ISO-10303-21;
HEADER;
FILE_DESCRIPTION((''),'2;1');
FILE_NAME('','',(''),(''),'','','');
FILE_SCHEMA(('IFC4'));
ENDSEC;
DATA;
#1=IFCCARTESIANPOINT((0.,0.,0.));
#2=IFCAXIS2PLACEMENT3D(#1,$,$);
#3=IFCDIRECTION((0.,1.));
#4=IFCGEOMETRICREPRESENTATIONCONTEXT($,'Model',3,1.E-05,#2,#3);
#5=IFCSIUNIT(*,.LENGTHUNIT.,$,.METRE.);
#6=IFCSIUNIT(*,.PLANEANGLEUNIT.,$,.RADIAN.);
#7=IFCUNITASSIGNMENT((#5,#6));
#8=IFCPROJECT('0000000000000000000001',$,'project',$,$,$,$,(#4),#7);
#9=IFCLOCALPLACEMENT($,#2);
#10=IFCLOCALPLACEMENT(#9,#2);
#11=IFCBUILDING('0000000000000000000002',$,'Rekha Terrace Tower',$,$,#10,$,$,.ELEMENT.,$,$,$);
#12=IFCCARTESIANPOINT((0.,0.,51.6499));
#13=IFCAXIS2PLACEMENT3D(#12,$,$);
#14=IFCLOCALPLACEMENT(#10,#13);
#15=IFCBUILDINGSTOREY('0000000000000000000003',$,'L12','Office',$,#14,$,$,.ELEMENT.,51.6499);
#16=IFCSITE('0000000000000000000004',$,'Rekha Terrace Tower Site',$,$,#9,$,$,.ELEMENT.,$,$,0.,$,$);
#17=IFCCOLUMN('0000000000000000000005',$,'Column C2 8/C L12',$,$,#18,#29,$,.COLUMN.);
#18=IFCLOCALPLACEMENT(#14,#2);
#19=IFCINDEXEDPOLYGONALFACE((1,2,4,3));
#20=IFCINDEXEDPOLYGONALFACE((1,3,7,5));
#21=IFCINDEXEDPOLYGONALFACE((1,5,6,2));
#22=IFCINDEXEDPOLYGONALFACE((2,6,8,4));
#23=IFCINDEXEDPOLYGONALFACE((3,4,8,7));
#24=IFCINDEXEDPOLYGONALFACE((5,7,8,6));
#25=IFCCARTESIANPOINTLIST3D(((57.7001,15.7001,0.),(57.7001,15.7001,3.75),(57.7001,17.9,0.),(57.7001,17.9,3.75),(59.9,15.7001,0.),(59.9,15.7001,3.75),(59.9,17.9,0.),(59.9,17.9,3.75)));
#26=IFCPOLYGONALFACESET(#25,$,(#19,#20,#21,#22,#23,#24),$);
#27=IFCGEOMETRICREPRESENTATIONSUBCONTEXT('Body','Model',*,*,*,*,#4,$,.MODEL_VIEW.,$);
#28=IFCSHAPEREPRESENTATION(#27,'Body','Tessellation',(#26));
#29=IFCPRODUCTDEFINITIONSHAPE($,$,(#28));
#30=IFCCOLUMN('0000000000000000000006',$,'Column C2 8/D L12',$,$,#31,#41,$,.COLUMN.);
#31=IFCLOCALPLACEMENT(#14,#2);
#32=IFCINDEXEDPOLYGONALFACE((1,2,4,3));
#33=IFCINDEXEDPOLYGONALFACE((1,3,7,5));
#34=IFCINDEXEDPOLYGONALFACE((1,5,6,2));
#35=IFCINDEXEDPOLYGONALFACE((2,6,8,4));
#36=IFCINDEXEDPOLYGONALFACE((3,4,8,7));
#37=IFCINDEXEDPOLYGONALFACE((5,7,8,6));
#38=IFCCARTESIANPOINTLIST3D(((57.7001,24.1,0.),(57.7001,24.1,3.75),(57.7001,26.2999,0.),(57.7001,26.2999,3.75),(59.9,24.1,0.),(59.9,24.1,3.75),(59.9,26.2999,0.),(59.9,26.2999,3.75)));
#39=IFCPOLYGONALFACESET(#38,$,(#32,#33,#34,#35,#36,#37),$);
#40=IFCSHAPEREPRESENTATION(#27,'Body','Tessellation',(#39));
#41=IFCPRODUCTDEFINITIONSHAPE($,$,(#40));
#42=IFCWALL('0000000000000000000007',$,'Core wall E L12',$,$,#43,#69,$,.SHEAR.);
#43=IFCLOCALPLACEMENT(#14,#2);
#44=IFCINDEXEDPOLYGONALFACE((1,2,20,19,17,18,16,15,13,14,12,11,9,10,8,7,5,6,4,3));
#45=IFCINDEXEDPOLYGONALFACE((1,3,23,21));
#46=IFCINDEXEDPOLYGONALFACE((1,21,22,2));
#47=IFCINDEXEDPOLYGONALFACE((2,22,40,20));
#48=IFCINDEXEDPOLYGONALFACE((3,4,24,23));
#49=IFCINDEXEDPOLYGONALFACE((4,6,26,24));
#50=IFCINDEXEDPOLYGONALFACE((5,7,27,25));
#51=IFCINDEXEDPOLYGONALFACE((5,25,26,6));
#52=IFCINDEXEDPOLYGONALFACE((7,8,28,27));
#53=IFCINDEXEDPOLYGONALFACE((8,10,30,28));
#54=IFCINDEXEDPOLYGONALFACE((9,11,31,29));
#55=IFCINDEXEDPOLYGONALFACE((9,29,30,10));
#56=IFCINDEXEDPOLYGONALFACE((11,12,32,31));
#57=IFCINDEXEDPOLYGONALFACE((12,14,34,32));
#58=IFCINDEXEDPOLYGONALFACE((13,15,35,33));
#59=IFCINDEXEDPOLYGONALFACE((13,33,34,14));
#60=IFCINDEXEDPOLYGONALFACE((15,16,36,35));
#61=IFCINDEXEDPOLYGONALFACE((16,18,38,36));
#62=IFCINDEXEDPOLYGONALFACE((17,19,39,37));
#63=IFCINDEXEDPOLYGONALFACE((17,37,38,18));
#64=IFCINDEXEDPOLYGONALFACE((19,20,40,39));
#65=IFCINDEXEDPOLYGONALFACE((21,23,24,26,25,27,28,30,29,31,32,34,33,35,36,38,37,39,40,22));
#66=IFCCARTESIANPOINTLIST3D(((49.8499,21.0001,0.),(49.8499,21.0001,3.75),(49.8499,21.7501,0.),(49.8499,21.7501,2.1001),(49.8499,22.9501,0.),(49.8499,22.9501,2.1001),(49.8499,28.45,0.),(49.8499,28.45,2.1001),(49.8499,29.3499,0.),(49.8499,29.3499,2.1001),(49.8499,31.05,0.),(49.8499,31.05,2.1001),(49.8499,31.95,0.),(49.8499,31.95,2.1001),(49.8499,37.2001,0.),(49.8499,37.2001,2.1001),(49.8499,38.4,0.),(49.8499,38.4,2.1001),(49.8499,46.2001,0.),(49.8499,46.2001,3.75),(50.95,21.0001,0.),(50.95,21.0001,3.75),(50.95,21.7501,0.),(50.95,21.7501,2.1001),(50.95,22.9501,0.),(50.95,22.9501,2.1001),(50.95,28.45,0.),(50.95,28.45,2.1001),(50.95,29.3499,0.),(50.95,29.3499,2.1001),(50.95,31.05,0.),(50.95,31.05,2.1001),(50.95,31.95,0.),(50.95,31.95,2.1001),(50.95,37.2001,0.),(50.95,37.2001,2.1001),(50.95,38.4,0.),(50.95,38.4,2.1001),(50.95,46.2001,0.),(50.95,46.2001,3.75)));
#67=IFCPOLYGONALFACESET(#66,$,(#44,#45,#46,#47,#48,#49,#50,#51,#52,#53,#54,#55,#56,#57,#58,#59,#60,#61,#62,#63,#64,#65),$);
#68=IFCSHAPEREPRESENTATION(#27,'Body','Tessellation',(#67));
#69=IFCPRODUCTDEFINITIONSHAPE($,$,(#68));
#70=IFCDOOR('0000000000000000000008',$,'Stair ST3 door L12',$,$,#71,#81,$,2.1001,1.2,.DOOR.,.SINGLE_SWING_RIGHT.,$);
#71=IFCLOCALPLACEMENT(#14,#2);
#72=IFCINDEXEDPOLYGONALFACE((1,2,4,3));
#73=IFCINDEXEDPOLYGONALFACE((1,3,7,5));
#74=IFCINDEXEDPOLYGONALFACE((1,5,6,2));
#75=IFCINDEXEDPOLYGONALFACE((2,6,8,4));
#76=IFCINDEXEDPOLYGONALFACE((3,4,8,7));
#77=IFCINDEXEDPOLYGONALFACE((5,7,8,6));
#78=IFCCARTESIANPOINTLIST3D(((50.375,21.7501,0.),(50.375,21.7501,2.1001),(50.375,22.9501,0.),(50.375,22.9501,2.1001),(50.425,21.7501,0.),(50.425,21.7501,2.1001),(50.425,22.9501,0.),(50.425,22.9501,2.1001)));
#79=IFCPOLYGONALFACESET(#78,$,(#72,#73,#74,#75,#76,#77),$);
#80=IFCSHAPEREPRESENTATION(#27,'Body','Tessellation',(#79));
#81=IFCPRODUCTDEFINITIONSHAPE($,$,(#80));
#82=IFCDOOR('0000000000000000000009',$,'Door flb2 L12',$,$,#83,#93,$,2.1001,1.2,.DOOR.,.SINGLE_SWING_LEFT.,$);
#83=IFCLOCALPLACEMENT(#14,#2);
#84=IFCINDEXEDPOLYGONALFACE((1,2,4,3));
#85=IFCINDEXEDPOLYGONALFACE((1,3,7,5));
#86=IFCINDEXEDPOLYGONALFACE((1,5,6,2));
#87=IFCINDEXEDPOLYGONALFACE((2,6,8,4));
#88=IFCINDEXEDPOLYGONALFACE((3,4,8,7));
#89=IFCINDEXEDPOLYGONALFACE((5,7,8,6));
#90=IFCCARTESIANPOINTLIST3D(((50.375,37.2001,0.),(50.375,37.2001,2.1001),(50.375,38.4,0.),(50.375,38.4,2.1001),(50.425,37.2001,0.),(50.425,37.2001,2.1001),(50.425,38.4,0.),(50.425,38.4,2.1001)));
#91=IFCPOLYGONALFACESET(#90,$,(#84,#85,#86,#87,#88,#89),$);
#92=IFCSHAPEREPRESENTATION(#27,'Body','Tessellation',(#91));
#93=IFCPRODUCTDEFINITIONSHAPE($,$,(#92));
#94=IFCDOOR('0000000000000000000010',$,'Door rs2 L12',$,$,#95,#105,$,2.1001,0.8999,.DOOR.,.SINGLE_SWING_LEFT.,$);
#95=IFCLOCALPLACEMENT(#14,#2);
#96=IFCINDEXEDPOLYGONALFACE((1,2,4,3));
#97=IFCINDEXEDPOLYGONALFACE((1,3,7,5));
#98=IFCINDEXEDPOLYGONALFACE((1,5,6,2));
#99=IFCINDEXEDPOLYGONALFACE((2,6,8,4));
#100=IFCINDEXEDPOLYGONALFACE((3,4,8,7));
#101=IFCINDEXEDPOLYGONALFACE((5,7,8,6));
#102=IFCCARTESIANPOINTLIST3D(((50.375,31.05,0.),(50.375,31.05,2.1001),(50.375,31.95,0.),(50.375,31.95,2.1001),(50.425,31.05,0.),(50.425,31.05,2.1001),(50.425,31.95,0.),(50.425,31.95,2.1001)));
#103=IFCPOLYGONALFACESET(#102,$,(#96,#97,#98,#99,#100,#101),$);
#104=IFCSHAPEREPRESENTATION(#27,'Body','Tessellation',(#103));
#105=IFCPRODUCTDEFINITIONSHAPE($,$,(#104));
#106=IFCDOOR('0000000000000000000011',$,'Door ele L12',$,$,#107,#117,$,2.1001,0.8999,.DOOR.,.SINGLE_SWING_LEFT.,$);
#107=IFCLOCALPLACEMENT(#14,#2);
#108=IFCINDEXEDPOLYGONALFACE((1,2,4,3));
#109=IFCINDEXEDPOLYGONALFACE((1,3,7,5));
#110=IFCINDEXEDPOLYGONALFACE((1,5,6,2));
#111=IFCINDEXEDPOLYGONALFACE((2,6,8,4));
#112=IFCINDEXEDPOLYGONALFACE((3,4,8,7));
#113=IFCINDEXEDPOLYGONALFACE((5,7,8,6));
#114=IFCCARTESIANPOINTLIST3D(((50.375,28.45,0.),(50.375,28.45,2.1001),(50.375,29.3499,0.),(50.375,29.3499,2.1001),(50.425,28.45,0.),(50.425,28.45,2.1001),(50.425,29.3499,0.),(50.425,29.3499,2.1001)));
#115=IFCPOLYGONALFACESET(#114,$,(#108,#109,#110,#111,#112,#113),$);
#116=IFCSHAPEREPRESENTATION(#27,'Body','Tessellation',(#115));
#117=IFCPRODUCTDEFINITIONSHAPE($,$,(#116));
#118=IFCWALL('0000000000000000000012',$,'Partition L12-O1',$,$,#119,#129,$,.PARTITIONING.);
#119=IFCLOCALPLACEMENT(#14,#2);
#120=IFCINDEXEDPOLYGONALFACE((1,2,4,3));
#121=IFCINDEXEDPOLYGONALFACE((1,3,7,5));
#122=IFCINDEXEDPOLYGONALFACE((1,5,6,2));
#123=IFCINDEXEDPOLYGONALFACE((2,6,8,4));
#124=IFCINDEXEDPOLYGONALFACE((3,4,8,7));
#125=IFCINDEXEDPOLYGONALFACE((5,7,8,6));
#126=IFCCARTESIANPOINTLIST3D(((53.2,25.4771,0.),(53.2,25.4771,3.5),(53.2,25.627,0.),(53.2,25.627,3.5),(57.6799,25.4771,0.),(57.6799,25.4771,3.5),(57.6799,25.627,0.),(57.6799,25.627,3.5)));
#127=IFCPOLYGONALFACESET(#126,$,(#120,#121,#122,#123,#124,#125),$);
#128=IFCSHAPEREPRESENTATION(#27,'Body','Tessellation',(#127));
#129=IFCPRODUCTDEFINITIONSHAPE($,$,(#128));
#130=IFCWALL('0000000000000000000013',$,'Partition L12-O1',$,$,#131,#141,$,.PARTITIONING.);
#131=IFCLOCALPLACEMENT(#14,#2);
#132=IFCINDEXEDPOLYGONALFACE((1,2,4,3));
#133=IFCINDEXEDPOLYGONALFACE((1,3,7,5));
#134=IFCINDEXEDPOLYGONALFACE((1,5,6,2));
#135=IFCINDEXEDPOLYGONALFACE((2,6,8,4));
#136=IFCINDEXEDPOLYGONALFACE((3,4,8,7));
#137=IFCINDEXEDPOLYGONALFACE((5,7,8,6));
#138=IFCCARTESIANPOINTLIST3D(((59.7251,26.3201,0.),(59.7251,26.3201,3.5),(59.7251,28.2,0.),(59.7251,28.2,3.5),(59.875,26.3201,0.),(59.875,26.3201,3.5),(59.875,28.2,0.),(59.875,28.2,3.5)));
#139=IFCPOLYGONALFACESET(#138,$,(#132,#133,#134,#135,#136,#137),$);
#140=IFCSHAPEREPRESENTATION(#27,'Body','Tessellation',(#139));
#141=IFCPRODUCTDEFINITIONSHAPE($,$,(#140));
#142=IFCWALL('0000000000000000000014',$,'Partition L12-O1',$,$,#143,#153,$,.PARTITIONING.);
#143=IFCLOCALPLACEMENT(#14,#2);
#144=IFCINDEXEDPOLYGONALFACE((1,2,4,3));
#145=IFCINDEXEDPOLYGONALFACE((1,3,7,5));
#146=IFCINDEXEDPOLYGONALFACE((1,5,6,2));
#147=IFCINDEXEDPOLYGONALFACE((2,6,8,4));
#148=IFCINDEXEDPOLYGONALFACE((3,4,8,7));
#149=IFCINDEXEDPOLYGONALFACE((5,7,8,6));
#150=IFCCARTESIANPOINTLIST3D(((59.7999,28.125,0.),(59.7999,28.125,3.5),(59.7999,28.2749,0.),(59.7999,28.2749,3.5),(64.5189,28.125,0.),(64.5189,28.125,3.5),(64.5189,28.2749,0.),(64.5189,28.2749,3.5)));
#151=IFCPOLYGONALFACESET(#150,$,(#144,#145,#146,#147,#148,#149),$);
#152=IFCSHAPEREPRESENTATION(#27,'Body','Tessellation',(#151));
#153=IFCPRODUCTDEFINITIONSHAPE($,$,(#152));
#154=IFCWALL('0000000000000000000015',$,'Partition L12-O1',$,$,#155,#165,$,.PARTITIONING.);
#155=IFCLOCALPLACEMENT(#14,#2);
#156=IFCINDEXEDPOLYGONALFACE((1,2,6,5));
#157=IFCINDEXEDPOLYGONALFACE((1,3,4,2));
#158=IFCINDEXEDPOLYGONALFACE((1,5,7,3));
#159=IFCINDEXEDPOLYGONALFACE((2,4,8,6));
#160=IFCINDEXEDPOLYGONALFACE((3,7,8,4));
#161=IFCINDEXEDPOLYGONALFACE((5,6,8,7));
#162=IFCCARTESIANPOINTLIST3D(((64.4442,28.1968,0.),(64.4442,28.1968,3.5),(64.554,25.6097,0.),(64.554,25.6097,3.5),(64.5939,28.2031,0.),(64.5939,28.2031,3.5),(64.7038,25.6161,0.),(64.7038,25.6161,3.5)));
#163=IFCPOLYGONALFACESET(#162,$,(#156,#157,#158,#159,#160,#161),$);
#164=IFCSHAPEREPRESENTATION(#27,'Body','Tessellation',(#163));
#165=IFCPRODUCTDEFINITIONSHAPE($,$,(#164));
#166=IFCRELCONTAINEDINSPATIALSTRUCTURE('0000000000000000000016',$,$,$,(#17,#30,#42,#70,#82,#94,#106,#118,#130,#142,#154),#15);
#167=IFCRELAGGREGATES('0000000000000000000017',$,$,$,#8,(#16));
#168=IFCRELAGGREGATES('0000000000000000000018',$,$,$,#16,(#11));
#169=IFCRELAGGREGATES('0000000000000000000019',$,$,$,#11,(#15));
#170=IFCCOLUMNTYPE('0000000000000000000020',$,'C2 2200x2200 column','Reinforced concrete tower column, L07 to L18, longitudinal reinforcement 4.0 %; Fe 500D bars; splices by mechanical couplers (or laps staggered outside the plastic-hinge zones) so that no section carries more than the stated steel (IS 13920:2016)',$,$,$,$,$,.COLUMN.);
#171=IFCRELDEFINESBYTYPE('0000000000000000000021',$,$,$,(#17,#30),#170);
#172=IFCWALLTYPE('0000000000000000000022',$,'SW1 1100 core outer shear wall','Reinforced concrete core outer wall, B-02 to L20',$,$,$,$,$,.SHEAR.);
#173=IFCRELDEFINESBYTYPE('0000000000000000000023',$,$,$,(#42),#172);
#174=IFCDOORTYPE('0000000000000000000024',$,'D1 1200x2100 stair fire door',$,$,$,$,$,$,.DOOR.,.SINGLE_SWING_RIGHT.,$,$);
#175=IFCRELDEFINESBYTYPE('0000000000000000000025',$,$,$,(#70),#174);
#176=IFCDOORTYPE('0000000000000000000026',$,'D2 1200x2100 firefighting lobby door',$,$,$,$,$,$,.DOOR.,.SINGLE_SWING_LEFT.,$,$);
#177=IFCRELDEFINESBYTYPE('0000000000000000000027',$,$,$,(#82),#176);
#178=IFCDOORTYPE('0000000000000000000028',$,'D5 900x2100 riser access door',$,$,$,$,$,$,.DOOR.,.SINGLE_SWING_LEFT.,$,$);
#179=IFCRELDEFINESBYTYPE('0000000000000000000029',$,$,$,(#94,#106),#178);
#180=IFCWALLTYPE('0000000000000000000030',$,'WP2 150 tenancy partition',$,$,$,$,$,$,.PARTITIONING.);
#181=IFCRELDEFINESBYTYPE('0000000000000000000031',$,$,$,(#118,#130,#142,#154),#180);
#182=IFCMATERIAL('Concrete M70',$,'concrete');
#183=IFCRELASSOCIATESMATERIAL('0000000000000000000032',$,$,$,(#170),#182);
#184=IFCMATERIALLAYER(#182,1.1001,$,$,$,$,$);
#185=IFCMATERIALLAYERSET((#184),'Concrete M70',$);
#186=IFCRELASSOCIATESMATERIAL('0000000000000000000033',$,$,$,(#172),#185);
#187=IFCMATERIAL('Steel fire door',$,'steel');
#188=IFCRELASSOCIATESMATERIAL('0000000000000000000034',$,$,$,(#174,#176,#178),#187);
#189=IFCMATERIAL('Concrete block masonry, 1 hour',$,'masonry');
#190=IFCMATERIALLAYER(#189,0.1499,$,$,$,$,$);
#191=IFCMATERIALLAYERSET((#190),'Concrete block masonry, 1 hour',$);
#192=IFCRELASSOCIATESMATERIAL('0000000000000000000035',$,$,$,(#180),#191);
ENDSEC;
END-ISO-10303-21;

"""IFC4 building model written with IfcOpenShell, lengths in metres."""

from ifc_helpers import new_model, si_unit, direction, frame, frame_2d, origin, origin_2d, place, context, subcontext, project, spatial, rectangle, extrude, material, layer, layer_set, material_profile, profile_set, type_object, element, fill, save


model = new_model("IFC4")

# Units and contexts
model_context = context("Model", 3, precision=1e-05, world=origin(), true_north=direction((0.0, 1.0)))
body_context = subcontext(model_context, "Body", "Model", "MODEL_VIEW")
ifc_project = project(units=[si_unit("LENGTHUNIT", "METRE"), si_unit("PLANEANGLEUNIT", "RADIAN")], contexts=[model_context])

# Site, building, storey
site_placement = place(None, origin())
site = spatial("IfcSite", under=ifc_project, at=site_placement, Name="Rekha Terrace Tower Site", CompositionType="ELEMENT", RefElevation=0.0)
building_placement = place(site_placement, origin())
building = spatial("IfcBuilding", under=site, at=building_placement, Name="Rekha Terrace Tower", CompositionType="ELEMENT")
storey_placement = place(building_placement, frame((0.0, 0.0, 51.6499)))
storey = spatial("IfcBuildingStorey", under=building, at=storey_placement, Name="L12", Description="Office", CompositionType="ELEMENT", Elevation=51.6499)

# Columns
ifc_material_1 = material(Name="Concrete M70", Category="concrete")
ifc_material_profile = material_profile(ifc_material_1, rectangle(XDim=2.2, YDim=2.2, at=origin_2d()), Name="RC 2200x2200")
ifc_profile_set = profile_set([ifc_material_profile], Name="Concrete M70")
column_type = type_object("IfcColumnType", Name="C2 2200x2200 column", Description="Reinforced concrete tower column, L07 to L18, longitudinal reinforcement 4.0 %; Fe 500D bars; splices by mechanical couplers (or laps staggered outside the plastic-hinge zones) so that no section carries more than the stated steel (IS 13920:2016)", PredefinedType="COLUMN", material=ifc_profile_set)
for number, where, z_axis, x_axis, name in (
    (1, (58.8, 16.8, 0.0), (0.0, 0.0, 1.0), (1.0, 0.0, 0.0), "Column C2 8/C L12"),
    (2, (58.8, 25.2, 0.0), (0.0, 0.0, 1.0), (1.0, 0.0, 0.0), "Column C2 8/D L12"),
):
    element("IfcColumn", number, at=place(storey_placement, frame(where, z_axis=z_axis, x_axis=x_axis)), inside=storey, type_object=column_type, Name=name, PredefinedType="COLUMN", context=body_context, shape_type="SweptSolid", body=[
        extrude(rectangle(XDim=2.2, YDim=2.2, at=origin_2d()), origin(), (0.0, 0.0, 1.0), 3.75),
    ])

# Wall, openings, doors
ifc_layer_1 = layer(ifc_material_1, 1.1001)
ifc_layer_set_1 = layer_set([ifc_layer_1], Name="Concrete M70")
wall_type_1 = type_object("IfcWallType", Name="SW1 1100 core outer shear wall", Description="Reinforced concrete core outer wall, B-02 to L20", PredefinedType="SHEAR", material=ifc_layer_set_1)
wall_1_placement = place(storey_placement, frame((50.3999, 21.0, 0.0), z_axis=(0.0, 0.0, 1.0), x_axis=(0.0, 1.0, 0.0)))
wall_1 = element("IfcWall", 3, at=wall_1_placement, inside=storey, type_object=wall_type_1, Name="Core wall E L12", PredefinedType="SHEAR", context=body_context, shape_type="SweptSolid", body=[
    extrude(rectangle(XDim=25.2, YDim=1.1001, at=frame_2d((12.6001, 0.0))), origin(), (0.0, 0.0, 1.0), 3.75),
])
opening_1_placement = place(wall_1_placement, frame((16.2, 0.0, 0.0)))
opening_1 = element("IfcOpeningElement", 4, at=opening_1_placement, cuts=wall_1, PredefinedType="OPENING", context=body_context, shape_type="SweptSolid", body=[
    extrude(rectangle(XDim=1.2, YDim=2.1001, at=frame_2d((0.6001, 1.05))), frame((0.0, 0.5601, 0.0), z_axis=(0.0, -1.0, 0.0), x_axis=(1.0, 0.0, 0.0)), (0.0, 0.0, 1.0), 1.1201),
])
opening_2_placement = place(wall_1_placement, frame((10.05, 0.0, 0.0)))
opening_2 = element("IfcOpeningElement", 5, at=opening_2_placement, cuts=wall_1, PredefinedType="OPENING", context=body_context, shape_type="SweptSolid", body=[
    extrude(rectangle(XDim=0.8999, YDim=2.1001, at=frame_2d((0.45, 1.05))), frame((0.0, 0.5601, 0.0), z_axis=(0.0, -1.0, 0.0), x_axis=(1.0, 0.0, 0.0)), (0.0, 0.0, 1.0), 1.1201),
])
opening_3_placement = place(wall_1_placement, frame((7.45, 0.0, 0.0)))
opening_3 = element("IfcOpeningElement", 6, at=opening_3_placement, cuts=wall_1, PredefinedType="OPENING", context=body_context, shape_type="SweptSolid", body=[
    extrude(rectangle(XDim=0.8999, YDim=2.1001, at=frame_2d((0.45, 1.05))), frame((0.0, 0.5601, 0.0), z_axis=(0.0, -1.0, 0.0), x_axis=(1.0, 0.0, 0.0)), (0.0, 0.0, 1.0), 1.1201),
])
opening_4_placement = place(wall_1_placement, frame((0.75, 0.0, 0.0)))
opening_4 = element("IfcOpeningElement", 7, at=opening_4_placement, cuts=wall_1, PredefinedType="OPENING", context=body_context, shape_type="SweptSolid", body=[
    extrude(rectangle(XDim=1.2, YDim=2.1001, at=frame_2d((0.6001, 1.05))), frame((0.0, 0.5601, 0.0), z_axis=(0.0, -1.0, 0.0), x_axis=(1.0, 0.0, 0.0)), (0.0, 0.0, 1.0), 1.1201),
])
ifc_material_2 = material(Name="Steel fire door", Category="steel")
door_type_1 = type_object("IfcDoorType", Name="D1 1200x2100 stair fire door", OperationType="SINGLE_SWING_RIGHT", PredefinedType="DOOR", material=ifc_material_2)
door_1_placement = place(opening_4_placement, origin())
door_1 = element("IfcDoor", 8, at=door_1_placement, inside=storey, type_object=door_type_1, Name="Stair ST3 door L12", OperationType="SINGLE_SWING_RIGHT", OverallHeight=2.1001, OverallWidth=1.2, PredefinedType="DOOR", context=body_context, shape_type="SweptSolid", body=[
    extrude(rectangle(XDim=1.2, YDim=2.1001, at=frame_2d((0.6001, 1.05))), frame((0.0, 0.0249, 0.0), z_axis=(0.0, -1.0, 0.0), x_axis=(1.0, 0.0, 0.0)), (0.0, 0.0, 1.0), 0.05),
])
fill(opening_4, door_1)
door_type_2 = type_object("IfcDoorType", Name="D2 1200x2100 firefighting lobby door", OperationType="SINGLE_SWING_LEFT", PredefinedType="DOOR", material=ifc_material_2)
door_2_placement = place(opening_1_placement, origin())
door_2 = element("IfcDoor", 9, at=door_2_placement, inside=storey, type_object=door_type_2, Name="Door flb2 L12", OperationType="SINGLE_SWING_LEFT", OverallHeight=2.1001, OverallWidth=1.2, PredefinedType="DOOR", context=body_context, shape_type="SweptSolid", body=[
    extrude(rectangle(XDim=1.2, YDim=2.1001, at=frame_2d((0.6001, 1.05))), frame((0.0, 0.0249, 0.0), z_axis=(0.0, -1.0, 0.0), x_axis=(1.0, 0.0, 0.0)), (0.0, 0.0, 1.0), 0.05),
])
fill(opening_1, door_2)
door_type_3 = type_object("IfcDoorType", Name="D5 900x2100 riser access door", OperationType="SINGLE_SWING_LEFT", PredefinedType="DOOR", material=ifc_material_2)
door_3_placement = place(opening_2_placement, origin())
door_3 = element("IfcDoor", 10, at=door_3_placement, inside=storey, type_object=door_type_3, Name="Door rs2 L12", OperationType="SINGLE_SWING_LEFT", OverallHeight=2.1001, OverallWidth=0.8999, PredefinedType="DOOR", context=body_context, shape_type="SweptSolid", body=[
    extrude(rectangle(XDim=0.8999, YDim=2.1001, at=frame_2d((0.45, 1.05))), frame((0.0, 0.0249, 0.0), z_axis=(0.0, -1.0, 0.0), x_axis=(1.0, 0.0, 0.0)), (0.0, 0.0, 1.0), 0.05),
])
fill(opening_2, door_3)
door_4_placement = place(opening_3_placement, origin())
door_4 = element("IfcDoor", 11, at=door_4_placement, inside=storey, type_object=door_type_3, Name="Door ele L12", OperationType="SINGLE_SWING_LEFT", OverallHeight=2.1001, OverallWidth=0.8999, PredefinedType="DOOR", context=body_context, shape_type="SweptSolid", body=[
    extrude(rectangle(XDim=0.8999, YDim=2.1001, at=frame_2d((0.45, 1.05))), frame((0.0, 0.0249, 0.0), z_axis=(0.0, -1.0, 0.0), x_axis=(1.0, 0.0, 0.0)), (0.0, 0.0, 1.0), 0.05),
])
fill(opening_3, door_4)

# Walls
ifc_material_3 = material(Name="Concrete block masonry, 1 hour", Category="masonry")
ifc_layer_2 = layer(ifc_material_3, 0.1499)
ifc_layer_set_2 = layer_set([ifc_layer_2], Name="Concrete block masonry, 1 hour")
wall_type_2 = type_object("IfcWallType", Name="WP2 150 tenancy partition", PredefinedType="PARTITIONING", material=ifc_layer_set_2)
wall_2_placement = place(storey_placement, frame((53.2, 25.552, 0.0), z_axis=(0.0, 0.0, 1.0), x_axis=(1.0, 0.0, 0.0)))
element("IfcWall", 12, at=wall_2_placement, inside=storey, type_object=wall_type_2, Name="Partition L12-O1", PredefinedType="PARTITIONING", context=body_context, shape_type="SweptSolid", body=[
    extrude(rectangle(XDim=4.48, YDim=0.1499, at=frame_2d((2.24, 0.0))), origin(), (0.0, 0.0, 1.0), 3.5),
])
wall_3_placement = place(storey_placement, frame((59.8, 26.3201, 0.0), z_axis=(0.0, 0.0, 1.0), x_axis=(0.0, 1.0, 0.0)))
element("IfcWall", 13, at=wall_3_placement, inside=storey, type_object=wall_type_2, Name="Partition L12-O1", PredefinedType="PARTITIONING", context=body_context, shape_type="SweptSolid", body=[
    extrude(rectangle(XDim=1.8799, YDim=0.1499, at=frame_2d((0.9399, 0.0))), origin(), (0.0, 0.0, 1.0), 3.5),
])
wall_4_placement = place(storey_placement, frame((59.8, 28.2, 0.0), z_axis=(0.0, 0.0, 1.0), x_axis=(1.0, 0.0, 0.0)))
element("IfcWall", 14, at=wall_4_placement, inside=storey, type_object=wall_type_2, Name="Partition L12-O1", PredefinedType="PARTITIONING", context=body_context, shape_type="SweptSolid", body=[
    extrude(rectangle(XDim=4.719, YDim=0.1499, at=frame_2d((2.3594, 0.0))), origin(), (0.0, 0.0, 1.0), 3.5),
])
wall_5_placement = place(storey_placement, frame((64.519, 28.2, 0.0), z_axis=(0.0, 0.0, 1.0), x_axis=(0.042431, -0.999099, 0.0)))
element("IfcWall", 15, at=wall_5_placement, inside=storey, type_object=wall_type_2, Name="Partition L12-O1", PredefinedType="PARTITIONING", context=body_context, shape_type="SweptSolid", body=[
    extrude(rectangle(XDim=2.5894, YDim=0.1499, at=frame_2d((1.2947, 0.0))), origin(), (0.0, 0.0, 1.0), 3.5),
])

save(model, "model.ifc")
